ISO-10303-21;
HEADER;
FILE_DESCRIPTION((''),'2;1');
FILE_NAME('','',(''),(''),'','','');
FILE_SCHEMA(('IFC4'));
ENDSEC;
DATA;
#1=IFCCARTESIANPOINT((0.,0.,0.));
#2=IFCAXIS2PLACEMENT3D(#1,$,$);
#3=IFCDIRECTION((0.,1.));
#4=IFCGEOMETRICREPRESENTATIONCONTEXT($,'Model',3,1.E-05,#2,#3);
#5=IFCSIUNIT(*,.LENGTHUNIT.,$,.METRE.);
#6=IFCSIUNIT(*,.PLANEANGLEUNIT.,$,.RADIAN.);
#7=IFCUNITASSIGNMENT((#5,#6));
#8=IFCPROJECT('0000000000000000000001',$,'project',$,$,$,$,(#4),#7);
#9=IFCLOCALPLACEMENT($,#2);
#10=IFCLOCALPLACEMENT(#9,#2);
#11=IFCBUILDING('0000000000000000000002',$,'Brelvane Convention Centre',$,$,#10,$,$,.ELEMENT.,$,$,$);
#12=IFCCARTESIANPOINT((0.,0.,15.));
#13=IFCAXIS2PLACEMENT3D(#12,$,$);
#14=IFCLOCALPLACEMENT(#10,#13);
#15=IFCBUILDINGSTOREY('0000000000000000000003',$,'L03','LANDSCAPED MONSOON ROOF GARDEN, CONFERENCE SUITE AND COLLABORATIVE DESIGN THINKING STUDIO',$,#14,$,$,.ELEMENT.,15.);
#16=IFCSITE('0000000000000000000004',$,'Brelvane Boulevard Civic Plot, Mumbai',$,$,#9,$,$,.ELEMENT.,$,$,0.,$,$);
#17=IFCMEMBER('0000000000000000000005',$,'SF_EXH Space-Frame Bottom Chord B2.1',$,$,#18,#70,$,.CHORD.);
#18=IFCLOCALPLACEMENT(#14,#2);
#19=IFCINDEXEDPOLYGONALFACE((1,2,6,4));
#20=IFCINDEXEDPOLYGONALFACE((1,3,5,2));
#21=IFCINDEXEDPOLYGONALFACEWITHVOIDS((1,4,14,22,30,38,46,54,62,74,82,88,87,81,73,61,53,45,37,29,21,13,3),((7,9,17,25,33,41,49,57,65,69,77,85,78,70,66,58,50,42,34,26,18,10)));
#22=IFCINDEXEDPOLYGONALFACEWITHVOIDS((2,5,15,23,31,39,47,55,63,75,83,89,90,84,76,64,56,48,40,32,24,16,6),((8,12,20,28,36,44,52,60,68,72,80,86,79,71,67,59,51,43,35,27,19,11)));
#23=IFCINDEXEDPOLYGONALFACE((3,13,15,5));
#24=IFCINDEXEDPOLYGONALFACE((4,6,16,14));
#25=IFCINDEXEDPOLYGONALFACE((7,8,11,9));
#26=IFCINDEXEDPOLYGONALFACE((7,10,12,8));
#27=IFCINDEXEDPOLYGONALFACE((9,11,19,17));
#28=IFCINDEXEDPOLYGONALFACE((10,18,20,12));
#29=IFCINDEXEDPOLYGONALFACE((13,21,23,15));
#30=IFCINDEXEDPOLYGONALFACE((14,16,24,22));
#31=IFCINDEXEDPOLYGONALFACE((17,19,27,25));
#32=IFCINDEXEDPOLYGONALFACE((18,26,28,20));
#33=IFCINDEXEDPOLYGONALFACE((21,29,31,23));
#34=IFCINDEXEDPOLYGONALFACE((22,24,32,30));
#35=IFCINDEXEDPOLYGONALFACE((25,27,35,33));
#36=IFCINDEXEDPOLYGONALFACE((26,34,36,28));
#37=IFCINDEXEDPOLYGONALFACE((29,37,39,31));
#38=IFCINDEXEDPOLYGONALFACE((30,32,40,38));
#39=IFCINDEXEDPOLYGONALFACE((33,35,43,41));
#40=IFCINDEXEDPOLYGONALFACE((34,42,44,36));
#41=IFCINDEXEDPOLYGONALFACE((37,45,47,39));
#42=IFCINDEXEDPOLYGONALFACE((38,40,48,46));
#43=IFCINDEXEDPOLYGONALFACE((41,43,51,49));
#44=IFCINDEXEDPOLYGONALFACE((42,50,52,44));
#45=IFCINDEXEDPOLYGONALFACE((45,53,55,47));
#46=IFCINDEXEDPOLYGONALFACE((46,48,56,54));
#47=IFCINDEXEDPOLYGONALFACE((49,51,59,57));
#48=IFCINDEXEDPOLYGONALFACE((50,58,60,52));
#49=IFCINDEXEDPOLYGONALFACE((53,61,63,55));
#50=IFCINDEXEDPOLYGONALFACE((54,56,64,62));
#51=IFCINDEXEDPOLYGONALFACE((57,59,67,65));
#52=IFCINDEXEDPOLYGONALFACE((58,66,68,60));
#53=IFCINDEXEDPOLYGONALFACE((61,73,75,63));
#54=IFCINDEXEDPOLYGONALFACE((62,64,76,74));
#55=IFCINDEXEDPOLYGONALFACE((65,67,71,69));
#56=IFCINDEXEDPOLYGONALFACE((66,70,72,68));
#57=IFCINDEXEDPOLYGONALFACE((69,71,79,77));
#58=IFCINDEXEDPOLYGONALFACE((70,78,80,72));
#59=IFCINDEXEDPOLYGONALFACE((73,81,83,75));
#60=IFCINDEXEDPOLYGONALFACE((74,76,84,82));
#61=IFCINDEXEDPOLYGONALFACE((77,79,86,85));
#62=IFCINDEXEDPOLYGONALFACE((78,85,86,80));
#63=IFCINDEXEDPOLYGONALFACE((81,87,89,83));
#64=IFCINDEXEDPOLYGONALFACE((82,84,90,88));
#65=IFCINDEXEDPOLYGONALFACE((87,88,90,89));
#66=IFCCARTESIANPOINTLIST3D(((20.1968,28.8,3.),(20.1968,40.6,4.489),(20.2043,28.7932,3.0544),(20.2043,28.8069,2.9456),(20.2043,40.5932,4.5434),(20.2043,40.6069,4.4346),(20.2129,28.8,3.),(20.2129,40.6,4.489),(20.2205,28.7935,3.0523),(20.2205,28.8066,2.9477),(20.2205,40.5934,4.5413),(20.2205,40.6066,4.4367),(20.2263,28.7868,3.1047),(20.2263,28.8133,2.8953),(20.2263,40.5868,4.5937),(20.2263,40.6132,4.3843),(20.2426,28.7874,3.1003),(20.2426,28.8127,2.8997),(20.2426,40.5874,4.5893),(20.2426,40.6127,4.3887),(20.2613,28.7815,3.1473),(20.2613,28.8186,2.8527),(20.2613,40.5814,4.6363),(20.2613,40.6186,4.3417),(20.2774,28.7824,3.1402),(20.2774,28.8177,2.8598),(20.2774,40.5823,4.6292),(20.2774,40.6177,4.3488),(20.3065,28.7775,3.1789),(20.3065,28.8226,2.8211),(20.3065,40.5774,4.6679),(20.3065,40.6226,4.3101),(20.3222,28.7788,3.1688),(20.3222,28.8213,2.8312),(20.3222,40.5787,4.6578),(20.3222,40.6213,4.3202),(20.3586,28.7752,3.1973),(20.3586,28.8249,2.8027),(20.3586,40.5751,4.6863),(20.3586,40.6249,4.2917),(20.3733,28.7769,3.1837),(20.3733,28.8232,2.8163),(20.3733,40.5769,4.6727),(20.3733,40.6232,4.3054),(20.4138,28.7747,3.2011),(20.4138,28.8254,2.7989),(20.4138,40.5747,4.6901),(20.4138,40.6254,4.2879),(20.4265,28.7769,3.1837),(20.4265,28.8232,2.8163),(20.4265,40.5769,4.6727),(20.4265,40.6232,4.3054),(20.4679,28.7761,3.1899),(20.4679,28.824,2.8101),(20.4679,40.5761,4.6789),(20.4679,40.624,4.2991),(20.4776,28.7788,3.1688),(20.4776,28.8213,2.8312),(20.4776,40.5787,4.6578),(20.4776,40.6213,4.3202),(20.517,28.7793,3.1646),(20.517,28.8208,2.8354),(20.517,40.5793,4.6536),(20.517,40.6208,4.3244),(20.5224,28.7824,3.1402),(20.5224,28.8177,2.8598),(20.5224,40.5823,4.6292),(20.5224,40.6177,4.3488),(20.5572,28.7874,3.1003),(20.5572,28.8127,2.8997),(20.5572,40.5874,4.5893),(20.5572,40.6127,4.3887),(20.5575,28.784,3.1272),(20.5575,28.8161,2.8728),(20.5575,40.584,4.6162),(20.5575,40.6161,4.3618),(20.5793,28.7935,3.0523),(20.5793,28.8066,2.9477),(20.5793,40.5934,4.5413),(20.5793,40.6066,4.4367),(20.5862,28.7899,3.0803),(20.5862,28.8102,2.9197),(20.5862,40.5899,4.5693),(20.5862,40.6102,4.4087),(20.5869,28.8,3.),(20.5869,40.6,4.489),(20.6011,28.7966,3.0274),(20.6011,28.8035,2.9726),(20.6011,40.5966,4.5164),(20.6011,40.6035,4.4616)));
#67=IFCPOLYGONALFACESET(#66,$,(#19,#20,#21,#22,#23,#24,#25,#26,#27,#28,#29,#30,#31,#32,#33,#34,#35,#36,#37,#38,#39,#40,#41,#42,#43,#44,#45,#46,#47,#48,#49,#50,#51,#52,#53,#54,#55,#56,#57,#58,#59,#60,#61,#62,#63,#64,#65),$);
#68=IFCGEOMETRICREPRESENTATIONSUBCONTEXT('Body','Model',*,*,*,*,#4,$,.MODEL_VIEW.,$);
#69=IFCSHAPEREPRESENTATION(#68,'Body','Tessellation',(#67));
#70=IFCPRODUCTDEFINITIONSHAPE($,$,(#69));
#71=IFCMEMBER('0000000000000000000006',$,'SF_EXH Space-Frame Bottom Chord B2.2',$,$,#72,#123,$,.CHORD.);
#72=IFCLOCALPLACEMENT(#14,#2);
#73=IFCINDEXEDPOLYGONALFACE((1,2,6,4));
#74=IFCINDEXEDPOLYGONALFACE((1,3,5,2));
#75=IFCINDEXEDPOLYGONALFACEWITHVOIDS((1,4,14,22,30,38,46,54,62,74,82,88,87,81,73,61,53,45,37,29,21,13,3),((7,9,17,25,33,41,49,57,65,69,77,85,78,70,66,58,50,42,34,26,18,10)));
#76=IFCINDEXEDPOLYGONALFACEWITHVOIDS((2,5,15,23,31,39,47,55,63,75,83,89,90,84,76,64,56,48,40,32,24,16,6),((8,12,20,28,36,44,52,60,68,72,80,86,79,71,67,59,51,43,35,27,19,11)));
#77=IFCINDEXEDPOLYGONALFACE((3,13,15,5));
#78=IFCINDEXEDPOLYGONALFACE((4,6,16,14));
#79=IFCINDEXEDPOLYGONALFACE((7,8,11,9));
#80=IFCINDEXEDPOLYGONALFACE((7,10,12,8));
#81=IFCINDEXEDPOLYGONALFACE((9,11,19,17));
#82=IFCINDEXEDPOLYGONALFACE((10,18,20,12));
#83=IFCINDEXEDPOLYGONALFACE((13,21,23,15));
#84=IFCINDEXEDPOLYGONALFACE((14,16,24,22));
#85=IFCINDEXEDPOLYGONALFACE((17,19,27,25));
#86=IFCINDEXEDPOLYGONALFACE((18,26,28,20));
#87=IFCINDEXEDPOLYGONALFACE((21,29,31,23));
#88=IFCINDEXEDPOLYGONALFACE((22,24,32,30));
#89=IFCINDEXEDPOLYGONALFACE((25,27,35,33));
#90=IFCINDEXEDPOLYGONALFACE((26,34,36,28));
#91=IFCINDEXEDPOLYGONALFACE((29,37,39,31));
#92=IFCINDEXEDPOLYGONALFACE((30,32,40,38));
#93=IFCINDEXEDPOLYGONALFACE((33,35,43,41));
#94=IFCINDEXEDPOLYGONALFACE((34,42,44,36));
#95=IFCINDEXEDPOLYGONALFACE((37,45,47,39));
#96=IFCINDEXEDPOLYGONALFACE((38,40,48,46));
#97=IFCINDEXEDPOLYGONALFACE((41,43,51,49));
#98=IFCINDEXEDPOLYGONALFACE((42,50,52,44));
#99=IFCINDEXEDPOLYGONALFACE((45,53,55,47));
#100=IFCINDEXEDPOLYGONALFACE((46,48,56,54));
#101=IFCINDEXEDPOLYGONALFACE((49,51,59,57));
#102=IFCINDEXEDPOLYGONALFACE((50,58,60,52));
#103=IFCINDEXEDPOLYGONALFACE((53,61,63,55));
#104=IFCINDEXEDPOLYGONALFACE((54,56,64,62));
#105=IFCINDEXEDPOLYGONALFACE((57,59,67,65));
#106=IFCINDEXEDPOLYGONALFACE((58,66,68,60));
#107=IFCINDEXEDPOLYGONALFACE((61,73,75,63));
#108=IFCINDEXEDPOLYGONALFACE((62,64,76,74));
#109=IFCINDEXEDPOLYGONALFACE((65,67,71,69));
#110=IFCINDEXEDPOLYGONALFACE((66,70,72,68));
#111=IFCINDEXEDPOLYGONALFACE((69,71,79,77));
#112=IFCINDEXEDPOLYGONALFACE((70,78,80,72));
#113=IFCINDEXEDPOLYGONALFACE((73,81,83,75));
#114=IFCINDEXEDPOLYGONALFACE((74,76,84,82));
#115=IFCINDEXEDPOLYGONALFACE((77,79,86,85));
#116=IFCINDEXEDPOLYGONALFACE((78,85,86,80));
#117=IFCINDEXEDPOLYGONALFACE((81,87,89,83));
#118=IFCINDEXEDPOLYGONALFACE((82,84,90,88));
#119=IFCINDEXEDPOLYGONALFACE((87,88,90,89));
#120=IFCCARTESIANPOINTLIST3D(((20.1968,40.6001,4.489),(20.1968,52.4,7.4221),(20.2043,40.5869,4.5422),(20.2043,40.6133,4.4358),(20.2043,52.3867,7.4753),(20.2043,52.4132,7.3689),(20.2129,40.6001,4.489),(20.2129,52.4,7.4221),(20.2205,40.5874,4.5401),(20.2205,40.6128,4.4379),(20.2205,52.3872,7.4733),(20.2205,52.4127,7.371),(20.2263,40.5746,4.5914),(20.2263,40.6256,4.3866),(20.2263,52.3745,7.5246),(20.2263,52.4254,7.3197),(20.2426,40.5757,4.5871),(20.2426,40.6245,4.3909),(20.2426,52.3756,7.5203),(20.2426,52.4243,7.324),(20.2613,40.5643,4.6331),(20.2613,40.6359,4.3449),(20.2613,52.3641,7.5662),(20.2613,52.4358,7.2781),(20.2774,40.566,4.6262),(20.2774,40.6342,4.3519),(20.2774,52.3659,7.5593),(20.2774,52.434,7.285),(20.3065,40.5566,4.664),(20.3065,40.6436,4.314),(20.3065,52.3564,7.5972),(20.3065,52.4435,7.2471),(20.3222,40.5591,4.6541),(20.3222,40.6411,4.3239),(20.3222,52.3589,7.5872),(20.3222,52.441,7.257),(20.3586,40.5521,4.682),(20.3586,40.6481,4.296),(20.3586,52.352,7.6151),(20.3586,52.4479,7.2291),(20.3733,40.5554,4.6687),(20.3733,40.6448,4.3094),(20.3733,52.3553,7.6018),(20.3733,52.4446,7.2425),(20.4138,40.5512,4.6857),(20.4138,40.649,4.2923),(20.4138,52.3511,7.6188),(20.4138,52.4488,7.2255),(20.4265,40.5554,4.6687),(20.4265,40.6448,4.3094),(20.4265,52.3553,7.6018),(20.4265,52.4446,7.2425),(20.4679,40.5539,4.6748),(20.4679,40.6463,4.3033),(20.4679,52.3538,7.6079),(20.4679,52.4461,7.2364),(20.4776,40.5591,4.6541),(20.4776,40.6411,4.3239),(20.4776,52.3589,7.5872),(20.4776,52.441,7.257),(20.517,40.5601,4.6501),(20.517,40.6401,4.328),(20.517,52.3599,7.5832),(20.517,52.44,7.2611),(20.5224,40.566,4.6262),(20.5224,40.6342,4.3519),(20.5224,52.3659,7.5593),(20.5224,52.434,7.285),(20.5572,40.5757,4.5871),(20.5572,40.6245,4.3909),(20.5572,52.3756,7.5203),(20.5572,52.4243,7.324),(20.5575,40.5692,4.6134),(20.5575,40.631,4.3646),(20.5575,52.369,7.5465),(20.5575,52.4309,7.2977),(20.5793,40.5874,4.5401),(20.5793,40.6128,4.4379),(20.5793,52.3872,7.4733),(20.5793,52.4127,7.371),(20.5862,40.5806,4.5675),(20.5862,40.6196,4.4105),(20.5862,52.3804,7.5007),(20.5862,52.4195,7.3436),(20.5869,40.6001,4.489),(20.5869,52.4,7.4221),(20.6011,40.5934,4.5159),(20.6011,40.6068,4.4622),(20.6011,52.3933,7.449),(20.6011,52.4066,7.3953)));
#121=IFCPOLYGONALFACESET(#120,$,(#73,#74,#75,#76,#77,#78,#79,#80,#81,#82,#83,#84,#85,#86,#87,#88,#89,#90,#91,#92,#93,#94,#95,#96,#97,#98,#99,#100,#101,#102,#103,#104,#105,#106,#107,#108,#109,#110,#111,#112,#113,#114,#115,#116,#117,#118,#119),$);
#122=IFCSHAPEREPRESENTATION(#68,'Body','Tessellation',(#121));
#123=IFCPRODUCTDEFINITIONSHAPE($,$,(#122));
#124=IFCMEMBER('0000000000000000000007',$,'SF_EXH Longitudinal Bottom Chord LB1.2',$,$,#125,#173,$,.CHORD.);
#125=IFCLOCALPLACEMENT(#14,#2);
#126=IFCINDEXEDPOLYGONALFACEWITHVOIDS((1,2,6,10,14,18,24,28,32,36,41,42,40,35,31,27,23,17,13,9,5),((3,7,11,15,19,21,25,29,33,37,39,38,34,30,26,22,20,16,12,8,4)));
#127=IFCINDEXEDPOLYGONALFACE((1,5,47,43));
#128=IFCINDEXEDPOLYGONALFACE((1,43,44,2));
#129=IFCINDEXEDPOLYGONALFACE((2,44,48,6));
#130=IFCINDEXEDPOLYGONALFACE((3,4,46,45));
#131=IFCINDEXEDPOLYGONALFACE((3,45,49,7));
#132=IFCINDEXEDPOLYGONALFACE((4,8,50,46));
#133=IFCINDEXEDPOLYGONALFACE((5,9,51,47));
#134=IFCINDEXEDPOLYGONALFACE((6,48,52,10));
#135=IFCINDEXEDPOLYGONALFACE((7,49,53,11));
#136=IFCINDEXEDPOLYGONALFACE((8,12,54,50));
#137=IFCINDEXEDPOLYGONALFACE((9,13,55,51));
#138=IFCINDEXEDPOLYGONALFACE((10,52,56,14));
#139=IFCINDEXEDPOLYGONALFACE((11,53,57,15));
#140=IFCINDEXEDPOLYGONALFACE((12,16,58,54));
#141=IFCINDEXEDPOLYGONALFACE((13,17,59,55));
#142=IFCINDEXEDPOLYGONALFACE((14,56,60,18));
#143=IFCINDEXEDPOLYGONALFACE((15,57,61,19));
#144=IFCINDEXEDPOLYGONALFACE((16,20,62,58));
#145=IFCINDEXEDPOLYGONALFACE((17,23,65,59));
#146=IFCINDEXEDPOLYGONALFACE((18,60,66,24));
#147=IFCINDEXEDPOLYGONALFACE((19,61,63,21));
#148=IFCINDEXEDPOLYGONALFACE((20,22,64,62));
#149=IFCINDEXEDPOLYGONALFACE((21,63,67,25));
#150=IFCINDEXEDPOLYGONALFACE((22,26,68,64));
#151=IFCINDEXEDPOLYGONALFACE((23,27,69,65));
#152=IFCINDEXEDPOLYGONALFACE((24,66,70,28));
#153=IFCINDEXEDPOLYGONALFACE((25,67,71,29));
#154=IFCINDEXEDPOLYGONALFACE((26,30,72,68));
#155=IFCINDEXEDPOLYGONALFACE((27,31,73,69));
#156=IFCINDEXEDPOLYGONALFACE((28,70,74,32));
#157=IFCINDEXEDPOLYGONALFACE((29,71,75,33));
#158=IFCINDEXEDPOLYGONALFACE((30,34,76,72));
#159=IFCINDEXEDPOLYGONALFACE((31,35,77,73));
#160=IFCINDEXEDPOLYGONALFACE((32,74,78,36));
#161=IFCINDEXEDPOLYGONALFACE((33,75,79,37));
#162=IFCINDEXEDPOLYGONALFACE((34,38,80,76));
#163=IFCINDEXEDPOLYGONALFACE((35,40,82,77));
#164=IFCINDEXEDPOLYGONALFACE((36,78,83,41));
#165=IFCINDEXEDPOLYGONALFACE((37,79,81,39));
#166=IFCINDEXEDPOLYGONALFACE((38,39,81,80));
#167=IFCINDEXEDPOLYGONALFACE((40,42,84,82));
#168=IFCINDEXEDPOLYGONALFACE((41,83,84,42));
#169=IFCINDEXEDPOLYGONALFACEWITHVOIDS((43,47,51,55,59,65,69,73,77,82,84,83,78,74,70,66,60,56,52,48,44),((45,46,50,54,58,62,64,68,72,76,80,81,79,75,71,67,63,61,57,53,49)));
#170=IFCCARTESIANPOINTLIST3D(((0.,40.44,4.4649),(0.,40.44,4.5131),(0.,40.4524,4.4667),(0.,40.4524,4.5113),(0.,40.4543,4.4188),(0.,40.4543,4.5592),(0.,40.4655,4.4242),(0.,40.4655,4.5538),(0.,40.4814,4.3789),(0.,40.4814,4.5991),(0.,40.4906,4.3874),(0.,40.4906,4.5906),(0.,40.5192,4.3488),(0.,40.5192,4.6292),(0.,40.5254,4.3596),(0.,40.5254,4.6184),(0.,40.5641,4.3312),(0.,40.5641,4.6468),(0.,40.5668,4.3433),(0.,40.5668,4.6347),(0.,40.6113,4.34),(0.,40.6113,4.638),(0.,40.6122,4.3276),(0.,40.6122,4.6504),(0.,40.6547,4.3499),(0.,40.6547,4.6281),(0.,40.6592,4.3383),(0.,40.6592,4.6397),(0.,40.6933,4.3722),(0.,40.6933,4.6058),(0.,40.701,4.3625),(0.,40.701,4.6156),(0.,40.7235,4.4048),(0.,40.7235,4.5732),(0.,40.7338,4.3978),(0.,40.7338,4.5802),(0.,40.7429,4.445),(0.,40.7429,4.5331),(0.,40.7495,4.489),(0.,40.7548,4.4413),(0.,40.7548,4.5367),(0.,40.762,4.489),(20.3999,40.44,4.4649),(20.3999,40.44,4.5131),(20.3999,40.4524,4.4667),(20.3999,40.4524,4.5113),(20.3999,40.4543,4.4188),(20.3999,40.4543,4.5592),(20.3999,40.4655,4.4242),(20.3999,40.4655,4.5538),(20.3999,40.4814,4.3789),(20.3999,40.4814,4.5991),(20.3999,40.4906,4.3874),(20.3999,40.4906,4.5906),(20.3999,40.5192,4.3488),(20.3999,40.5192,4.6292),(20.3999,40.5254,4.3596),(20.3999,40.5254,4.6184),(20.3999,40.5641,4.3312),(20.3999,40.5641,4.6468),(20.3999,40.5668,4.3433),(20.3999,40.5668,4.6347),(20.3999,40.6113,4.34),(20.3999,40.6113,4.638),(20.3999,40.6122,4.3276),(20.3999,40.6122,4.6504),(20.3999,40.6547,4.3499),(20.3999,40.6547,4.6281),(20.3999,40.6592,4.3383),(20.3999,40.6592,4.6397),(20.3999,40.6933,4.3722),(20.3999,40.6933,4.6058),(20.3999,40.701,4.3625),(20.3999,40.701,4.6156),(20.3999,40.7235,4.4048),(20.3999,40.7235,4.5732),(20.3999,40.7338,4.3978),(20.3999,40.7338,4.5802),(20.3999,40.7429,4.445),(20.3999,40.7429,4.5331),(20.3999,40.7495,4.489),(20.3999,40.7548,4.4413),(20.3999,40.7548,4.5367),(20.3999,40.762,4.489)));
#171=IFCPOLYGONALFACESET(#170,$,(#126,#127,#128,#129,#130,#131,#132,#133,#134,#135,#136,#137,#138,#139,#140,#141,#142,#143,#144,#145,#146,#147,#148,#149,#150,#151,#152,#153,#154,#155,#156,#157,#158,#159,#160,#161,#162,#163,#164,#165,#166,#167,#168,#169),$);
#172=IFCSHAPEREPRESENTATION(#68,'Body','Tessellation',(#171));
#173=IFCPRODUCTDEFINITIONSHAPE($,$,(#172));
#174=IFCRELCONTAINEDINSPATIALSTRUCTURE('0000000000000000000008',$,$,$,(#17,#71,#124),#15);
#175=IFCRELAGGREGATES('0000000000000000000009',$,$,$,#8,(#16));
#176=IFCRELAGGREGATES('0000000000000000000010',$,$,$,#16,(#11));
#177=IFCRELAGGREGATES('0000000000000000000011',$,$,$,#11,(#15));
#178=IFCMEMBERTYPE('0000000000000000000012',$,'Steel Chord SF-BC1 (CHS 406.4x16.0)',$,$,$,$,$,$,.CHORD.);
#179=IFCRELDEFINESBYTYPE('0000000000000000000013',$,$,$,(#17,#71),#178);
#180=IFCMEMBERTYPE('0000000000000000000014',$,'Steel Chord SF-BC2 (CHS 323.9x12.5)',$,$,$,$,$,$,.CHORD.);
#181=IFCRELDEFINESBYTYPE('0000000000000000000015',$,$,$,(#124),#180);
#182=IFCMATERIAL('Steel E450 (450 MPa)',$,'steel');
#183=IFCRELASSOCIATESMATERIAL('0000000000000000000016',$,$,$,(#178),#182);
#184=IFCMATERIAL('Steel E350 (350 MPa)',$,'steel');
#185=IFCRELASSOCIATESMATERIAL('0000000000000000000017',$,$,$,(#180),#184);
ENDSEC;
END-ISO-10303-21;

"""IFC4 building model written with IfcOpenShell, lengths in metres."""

from ifc_helpers import new_model, si_unit, direction, frame, origin, origin_2d, place, context, subcontext, project, spatial, hollow_circle, extrude, material, material_profile, profile_set, type_object, element, save


model = new_model("IFC4")

# Units and contexts
model_context = context("Model", 3, precision=1e-05, world=origin(), true_north=direction((0.0, 1.0)))
body_context = subcontext(model_context, "Body", "Model", "MODEL_VIEW")
ifc_project = project(units=[si_unit("LENGTHUNIT", "METRE"), si_unit("PLANEANGLEUNIT", "RADIAN")], contexts=[model_context])

# Site, building, storey
site_placement = place(None, origin())
site = spatial("IfcSite", under=ifc_project, at=site_placement, Name="Brelvane Boulevard Civic Plot, Mumbai", CompositionType="ELEMENT", RefElevation=0.0)
building_placement = place(site_placement, origin())
building = spatial("IfcBuilding", under=site, at=building_placement, Name="Brelvane Convention Centre", CompositionType="ELEMENT")
storey_placement = place(building_placement, frame((0.0, 0.0, 15.0)))
storey = spatial("IfcBuildingStorey", under=building, at=storey_placement, Name="L03", Description="LANDSCAPED MONSOON ROOF GARDEN, CONFERENCE SUITE AND COLLABORATIVE DESIGN THINKING STUDIO", CompositionType="ELEMENT", Elevation=15.0)

# Members
ifc_material_1 = material(Name="Steel E450 (450 MPa)", Category="steel")
ifc_material_profile_1 = material_profile(ifc_material_1, hollow_circle(Radius=0.2031, WallThickness=0.0161, at=origin_2d()), Name="CHS 406.4x16.0")
ifc_profile_set_1 = profile_set([ifc_material_profile_1], Name="Steel E450 (450 MPa)")
member_type_1 = type_object("IfcMemberType", Name="Steel Chord SF-BC1 (CHS 406.4x16.0)", PredefinedType="CHORD", material=ifc_profile_set_1)
member_1_placement = place(storey_placement, frame((20.3999, 28.8, 3.0), z_axis=(0.0, 0.992132, 0.125194), x_axis=(-1.0, 0.0, 0.0)))
element("IfcMember", 1, at=member_1_placement, inside=storey, type_object=member_type_1, Name="SF_EXH Space-Frame Bottom Chord B2.1", PredefinedType="CHORD", context=body_context, shape_type="SweptSolid", body=[
    extrude(hollow_circle(Radius=0.2031, WallThickness=0.0161, at=origin_2d()), origin(), (0.0, 0.0, 1.0), 11.8936),
])
member_2_placement = place(storey_placement, frame((20.3999, 40.6001, 4.489), z_axis=(0.0, 0.970468, 0.241231), x_axis=(-1.0, 0.0, 0.0)))
element("IfcMember", 2, at=member_2_placement, inside=storey, type_object=member_type_1, Name="SF_EXH Space-Frame Bottom Chord B2.2", PredefinedType="CHORD", context=body_context, shape_type="SweptSolid", body=[
    extrude(hollow_circle(Radius=0.2031, WallThickness=0.0161, at=origin_2d()), origin(), (0.0, 0.0, 1.0), 12.1589),
])
ifc_material_2 = material(Name="Steel E350 (350 MPa)", Category="steel")
ifc_material_profile_2 = material_profile(ifc_material_2, hollow_circle(Radius=0.1619, WallThickness=0.0125, at=origin_2d()), Name="CHS 323.9x12.5")
ifc_profile_set_2 = profile_set([ifc_material_profile_2], Name="Steel E350 (350 MPa)")
member_type_2 = type_object("IfcMemberType", Name="Steel Chord SF-BC2 (CHS 323.9x12.5)", PredefinedType="CHORD", material=ifc_profile_set_2)
member_3_placement = place(storey_placement, frame((0.0, 40.6001, 4.489), z_axis=(1.0, 0.0, 0.0), x_axis=(0.0, 1.0, 0.0)))
element("IfcMember", 3, at=member_3_placement, inside=storey, type_object=member_type_2, Name="SF_EXH Longitudinal Bottom Chord LB1.2", PredefinedType="CHORD", context=body_context, shape_type="SweptSolid", body=[
    extrude(hollow_circle(Radius=0.1619, WallThickness=0.0125, at=origin_2d()), origin(), (0.0, 0.0, 1.0), 20.3999),
])

save(model, "model.ifc")
